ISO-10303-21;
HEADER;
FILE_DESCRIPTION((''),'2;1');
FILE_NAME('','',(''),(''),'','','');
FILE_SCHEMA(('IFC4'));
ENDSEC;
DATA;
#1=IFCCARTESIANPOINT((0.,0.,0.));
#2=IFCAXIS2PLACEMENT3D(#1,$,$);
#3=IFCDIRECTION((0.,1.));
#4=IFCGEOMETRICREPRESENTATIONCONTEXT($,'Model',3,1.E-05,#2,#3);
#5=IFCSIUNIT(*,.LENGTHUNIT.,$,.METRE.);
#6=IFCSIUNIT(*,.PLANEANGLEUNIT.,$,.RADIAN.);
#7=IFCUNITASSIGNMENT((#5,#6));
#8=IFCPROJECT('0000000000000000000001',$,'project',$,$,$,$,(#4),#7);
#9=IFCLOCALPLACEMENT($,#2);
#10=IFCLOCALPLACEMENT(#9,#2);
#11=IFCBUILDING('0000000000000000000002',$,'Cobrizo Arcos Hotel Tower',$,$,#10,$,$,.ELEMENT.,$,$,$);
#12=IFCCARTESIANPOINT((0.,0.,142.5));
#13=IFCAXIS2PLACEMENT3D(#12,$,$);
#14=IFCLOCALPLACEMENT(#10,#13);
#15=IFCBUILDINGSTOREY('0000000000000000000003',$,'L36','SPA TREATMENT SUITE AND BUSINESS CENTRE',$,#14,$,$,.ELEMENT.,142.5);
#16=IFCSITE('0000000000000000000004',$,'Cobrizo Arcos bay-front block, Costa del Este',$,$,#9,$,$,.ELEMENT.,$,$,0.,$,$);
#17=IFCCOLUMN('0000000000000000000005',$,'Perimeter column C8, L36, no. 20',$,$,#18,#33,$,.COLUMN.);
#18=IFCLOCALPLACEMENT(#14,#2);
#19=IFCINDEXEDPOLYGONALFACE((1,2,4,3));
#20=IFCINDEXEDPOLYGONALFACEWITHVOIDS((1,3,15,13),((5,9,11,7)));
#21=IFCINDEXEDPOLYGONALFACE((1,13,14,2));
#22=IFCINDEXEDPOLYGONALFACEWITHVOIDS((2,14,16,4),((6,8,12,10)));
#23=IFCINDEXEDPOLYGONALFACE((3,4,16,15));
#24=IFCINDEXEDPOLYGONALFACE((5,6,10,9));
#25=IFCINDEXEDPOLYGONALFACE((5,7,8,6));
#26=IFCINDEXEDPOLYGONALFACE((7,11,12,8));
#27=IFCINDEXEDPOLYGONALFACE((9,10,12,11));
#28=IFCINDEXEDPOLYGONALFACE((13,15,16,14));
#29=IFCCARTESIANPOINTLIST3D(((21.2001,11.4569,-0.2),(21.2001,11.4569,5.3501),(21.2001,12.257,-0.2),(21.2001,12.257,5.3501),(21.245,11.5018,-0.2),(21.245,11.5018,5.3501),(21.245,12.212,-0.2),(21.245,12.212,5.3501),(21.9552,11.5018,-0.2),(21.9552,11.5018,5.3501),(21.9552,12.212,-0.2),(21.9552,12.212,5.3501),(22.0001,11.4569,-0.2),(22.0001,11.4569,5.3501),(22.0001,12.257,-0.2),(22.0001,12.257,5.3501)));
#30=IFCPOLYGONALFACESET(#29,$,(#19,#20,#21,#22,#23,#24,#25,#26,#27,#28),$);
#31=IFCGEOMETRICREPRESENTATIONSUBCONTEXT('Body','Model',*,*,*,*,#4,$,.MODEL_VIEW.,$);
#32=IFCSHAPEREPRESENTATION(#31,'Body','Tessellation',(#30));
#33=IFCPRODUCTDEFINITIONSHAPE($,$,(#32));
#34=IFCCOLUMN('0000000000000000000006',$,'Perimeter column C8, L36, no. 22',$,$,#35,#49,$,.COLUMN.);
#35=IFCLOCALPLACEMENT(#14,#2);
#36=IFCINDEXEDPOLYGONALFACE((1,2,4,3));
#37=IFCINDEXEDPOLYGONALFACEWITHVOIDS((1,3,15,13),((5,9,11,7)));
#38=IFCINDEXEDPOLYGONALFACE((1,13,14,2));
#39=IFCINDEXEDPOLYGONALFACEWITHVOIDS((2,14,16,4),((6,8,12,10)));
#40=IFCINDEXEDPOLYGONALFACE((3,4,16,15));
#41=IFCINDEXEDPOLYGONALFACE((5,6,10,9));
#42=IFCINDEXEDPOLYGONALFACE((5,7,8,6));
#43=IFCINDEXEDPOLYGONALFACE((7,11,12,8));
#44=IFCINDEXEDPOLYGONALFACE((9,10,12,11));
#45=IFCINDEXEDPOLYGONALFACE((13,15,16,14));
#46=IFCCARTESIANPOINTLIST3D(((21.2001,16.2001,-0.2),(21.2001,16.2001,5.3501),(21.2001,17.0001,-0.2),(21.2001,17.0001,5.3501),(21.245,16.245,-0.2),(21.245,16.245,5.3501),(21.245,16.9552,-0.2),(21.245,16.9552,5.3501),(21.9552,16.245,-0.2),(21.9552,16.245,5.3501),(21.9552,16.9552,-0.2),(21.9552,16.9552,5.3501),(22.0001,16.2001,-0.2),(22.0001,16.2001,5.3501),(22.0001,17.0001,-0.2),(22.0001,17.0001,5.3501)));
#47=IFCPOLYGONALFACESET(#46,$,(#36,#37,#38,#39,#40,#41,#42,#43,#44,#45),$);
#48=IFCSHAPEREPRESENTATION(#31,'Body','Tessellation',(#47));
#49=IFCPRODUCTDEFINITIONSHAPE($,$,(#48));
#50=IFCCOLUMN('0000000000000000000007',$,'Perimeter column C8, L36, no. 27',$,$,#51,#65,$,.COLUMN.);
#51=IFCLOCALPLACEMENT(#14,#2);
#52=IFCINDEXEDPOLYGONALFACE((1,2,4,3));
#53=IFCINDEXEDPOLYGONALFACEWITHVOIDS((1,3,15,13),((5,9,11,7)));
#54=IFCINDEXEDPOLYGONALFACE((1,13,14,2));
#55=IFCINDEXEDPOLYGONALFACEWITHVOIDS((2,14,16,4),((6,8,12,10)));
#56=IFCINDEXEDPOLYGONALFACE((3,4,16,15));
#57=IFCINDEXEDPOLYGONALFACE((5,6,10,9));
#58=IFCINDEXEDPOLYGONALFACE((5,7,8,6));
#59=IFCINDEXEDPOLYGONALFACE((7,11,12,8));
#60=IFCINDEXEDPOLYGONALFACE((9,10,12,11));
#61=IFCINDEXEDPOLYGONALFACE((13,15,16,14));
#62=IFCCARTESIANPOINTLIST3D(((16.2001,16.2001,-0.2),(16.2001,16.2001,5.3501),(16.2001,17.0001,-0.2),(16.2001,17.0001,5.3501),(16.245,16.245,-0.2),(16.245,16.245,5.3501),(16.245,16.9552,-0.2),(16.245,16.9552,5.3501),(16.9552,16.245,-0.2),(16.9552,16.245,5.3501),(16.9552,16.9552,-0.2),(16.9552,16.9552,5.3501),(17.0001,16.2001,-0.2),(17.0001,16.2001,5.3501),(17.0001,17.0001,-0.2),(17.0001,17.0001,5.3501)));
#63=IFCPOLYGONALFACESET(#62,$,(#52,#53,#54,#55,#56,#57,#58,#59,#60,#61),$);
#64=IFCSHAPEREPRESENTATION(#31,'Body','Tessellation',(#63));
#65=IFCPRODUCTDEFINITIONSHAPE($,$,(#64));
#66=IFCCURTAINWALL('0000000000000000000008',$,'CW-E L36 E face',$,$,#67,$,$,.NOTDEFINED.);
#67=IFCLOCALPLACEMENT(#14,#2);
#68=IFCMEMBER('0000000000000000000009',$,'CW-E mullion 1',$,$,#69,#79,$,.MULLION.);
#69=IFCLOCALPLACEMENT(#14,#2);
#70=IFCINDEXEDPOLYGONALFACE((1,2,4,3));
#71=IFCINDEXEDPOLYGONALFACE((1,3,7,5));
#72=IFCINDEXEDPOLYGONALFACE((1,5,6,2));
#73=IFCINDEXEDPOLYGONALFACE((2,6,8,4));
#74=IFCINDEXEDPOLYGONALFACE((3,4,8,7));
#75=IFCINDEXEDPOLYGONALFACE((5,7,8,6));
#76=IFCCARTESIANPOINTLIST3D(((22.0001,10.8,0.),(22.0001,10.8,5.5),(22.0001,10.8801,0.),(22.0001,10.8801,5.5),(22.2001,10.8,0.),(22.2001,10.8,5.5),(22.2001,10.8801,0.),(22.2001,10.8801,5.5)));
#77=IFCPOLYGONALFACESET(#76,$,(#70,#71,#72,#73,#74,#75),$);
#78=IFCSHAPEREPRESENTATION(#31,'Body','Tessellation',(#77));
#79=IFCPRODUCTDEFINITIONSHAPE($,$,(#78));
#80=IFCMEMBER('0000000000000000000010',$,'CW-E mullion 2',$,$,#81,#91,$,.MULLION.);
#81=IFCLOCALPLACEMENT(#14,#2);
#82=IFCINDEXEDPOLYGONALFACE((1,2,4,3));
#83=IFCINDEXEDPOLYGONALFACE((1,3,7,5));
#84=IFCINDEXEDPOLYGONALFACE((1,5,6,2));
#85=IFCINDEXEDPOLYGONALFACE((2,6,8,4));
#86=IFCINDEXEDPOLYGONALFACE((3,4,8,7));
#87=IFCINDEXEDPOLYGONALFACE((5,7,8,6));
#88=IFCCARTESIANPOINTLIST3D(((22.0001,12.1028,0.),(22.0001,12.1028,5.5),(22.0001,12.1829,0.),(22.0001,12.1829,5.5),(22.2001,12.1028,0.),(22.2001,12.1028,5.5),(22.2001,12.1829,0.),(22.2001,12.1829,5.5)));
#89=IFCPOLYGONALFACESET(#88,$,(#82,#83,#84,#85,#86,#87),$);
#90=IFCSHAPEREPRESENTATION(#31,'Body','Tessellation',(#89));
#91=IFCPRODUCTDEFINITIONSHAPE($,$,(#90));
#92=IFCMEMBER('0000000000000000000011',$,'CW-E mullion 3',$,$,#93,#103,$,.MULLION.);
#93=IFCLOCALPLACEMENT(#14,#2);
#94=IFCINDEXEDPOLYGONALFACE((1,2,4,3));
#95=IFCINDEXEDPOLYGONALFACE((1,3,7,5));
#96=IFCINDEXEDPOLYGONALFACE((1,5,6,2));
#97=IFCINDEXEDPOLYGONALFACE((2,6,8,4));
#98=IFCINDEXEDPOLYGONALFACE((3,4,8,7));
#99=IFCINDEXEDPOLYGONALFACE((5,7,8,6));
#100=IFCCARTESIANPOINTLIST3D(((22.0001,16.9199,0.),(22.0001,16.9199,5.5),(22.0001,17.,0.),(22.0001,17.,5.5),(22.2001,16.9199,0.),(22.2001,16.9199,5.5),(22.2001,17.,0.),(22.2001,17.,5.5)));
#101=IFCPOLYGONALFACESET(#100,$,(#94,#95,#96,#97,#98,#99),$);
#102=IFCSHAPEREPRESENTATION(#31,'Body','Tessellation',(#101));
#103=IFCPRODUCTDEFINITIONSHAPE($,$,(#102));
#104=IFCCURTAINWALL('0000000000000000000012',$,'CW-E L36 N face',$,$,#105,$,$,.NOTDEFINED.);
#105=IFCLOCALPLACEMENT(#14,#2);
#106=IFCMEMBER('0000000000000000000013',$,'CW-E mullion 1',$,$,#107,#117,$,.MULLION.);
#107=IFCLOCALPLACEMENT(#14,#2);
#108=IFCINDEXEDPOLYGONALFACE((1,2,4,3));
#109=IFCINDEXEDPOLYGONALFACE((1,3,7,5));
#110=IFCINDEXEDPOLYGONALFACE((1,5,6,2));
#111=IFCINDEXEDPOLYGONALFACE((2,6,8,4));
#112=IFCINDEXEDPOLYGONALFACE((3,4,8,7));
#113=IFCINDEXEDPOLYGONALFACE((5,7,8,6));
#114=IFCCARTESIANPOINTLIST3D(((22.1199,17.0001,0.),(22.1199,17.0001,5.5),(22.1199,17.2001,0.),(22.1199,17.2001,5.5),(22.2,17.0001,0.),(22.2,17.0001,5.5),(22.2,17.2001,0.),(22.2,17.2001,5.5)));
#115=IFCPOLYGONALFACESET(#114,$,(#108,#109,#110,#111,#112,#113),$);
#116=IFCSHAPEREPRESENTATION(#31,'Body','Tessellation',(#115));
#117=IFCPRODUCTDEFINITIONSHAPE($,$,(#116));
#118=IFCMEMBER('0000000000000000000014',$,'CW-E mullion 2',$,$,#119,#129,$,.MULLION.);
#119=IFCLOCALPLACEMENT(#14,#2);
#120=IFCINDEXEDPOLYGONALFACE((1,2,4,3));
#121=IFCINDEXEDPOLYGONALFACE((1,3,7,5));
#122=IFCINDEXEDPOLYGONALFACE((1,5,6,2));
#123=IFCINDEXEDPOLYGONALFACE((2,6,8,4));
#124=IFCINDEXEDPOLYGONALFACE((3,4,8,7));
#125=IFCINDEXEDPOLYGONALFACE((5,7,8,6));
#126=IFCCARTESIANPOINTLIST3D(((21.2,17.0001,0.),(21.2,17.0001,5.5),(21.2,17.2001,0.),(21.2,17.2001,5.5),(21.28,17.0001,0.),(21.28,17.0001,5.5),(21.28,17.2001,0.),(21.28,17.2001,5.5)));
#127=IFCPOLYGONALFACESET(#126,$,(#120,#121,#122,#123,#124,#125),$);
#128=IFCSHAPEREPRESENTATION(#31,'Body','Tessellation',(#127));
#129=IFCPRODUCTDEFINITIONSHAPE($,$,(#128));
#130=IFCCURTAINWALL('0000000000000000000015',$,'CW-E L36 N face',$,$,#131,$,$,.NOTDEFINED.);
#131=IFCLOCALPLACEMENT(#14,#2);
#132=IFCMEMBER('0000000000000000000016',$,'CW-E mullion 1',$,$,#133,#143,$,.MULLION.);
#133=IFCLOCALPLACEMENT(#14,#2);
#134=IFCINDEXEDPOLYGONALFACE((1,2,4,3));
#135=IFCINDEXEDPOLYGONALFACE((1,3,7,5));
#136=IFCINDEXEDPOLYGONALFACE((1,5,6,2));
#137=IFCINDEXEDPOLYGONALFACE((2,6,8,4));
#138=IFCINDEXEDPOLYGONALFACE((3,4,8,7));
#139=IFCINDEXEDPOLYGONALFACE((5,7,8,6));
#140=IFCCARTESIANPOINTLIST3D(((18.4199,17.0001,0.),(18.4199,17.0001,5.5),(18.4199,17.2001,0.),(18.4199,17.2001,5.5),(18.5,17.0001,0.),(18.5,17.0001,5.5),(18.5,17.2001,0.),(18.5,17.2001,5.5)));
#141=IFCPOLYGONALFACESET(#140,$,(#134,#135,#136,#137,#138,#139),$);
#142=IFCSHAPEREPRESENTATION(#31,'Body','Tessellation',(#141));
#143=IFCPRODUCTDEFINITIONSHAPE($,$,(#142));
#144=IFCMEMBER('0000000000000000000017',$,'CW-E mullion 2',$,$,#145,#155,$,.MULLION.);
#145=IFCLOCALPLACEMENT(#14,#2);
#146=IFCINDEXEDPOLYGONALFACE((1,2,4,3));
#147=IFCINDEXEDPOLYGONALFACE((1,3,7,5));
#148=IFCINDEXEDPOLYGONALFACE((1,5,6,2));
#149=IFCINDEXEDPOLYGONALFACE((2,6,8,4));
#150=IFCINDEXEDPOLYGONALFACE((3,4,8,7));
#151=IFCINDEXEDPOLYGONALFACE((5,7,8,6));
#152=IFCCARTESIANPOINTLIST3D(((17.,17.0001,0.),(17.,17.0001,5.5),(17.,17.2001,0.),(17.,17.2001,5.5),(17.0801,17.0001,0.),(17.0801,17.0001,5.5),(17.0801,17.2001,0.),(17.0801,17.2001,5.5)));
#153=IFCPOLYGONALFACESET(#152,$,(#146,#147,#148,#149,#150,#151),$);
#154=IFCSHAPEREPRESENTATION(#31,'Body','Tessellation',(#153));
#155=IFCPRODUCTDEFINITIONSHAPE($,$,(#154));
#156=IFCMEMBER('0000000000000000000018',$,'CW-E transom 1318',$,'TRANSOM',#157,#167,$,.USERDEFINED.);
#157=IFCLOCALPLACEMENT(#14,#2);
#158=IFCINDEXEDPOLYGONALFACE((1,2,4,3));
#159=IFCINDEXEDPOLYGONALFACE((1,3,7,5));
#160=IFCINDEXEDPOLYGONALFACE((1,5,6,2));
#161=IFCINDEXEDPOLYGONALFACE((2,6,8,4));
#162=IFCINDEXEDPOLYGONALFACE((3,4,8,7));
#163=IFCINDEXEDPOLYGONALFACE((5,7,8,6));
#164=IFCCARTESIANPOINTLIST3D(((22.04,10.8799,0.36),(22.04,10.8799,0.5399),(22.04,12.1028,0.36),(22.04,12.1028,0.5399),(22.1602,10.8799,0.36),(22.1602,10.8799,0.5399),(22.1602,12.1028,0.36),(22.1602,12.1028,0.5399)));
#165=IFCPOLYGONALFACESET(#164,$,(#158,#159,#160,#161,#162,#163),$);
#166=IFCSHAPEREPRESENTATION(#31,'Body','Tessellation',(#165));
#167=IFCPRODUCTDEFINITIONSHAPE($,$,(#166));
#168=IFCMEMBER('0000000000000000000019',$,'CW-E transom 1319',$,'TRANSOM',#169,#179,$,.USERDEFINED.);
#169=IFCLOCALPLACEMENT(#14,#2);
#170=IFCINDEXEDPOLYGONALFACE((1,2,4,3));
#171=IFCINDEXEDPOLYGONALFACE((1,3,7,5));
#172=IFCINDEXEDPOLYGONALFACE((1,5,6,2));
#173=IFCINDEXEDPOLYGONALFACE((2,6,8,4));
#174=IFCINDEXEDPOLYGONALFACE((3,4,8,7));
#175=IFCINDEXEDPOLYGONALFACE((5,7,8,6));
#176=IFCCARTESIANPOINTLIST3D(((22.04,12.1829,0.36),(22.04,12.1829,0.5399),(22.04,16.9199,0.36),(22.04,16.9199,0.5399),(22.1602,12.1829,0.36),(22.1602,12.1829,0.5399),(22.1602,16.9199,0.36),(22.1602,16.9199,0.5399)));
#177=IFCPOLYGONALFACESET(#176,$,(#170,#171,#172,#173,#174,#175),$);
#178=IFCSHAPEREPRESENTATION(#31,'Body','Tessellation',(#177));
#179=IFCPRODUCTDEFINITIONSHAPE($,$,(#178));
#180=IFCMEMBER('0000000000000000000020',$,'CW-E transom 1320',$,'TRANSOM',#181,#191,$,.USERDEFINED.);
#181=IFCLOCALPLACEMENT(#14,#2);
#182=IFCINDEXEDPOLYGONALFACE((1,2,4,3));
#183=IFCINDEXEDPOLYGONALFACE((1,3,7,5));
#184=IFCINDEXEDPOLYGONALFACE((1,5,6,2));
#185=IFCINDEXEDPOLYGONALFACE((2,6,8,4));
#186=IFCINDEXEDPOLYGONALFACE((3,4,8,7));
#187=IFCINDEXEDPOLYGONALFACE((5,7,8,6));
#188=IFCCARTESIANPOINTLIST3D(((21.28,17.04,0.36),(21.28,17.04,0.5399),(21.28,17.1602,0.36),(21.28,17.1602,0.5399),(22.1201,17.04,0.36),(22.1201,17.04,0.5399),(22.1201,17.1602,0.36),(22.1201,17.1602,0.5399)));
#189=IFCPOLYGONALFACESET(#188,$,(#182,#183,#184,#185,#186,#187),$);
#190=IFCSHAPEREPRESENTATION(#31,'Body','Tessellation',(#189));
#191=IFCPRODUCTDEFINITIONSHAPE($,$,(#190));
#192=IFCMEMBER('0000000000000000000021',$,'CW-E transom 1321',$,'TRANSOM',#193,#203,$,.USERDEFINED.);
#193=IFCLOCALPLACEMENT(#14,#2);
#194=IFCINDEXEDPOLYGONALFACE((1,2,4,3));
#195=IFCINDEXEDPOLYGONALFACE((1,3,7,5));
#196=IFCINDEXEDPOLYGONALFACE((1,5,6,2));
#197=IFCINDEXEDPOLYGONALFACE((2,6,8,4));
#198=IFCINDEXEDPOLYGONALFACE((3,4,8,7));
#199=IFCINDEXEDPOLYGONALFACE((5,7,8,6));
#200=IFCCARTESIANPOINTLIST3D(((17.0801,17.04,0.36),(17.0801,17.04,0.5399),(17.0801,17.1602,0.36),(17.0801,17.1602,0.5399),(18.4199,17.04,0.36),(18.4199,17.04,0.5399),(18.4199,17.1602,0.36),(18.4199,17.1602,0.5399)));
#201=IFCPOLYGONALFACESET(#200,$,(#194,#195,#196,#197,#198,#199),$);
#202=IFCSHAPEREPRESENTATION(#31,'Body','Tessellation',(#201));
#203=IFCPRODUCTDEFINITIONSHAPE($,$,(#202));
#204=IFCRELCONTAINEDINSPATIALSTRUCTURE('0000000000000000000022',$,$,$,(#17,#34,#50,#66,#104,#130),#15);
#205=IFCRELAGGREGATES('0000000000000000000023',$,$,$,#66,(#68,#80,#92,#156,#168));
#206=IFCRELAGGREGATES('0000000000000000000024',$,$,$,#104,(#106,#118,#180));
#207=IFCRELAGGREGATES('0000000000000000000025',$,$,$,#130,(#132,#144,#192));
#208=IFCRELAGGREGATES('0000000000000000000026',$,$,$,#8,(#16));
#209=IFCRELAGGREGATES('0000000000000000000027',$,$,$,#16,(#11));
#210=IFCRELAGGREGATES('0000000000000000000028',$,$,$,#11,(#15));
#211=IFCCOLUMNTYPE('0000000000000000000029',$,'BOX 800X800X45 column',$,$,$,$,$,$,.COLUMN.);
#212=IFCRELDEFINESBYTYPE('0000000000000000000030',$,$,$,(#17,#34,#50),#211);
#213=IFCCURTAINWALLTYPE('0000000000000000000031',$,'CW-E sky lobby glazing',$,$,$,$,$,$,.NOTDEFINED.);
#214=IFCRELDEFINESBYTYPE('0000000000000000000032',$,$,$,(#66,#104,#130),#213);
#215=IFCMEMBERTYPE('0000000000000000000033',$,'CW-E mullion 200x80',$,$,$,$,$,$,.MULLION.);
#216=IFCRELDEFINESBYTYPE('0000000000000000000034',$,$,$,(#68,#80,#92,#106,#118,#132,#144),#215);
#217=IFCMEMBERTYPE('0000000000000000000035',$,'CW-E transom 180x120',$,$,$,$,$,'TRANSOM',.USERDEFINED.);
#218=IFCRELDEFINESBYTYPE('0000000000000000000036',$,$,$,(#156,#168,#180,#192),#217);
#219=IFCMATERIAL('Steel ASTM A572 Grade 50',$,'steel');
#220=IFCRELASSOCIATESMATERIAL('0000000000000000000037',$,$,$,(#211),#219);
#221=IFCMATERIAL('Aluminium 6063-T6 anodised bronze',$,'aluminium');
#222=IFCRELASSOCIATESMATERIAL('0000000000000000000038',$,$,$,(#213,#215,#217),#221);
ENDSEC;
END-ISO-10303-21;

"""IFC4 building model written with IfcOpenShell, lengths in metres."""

from ifc_helpers import new_model, si_unit, direction, frame, origin, origin_2d, place, context, subcontext, project, spatial, rectangle, hollow_rectangle, extrude, material, material_profile, profile_set, type_object, element, aggregate, save


model = new_model("IFC4")

# Units and contexts
model_context = context("Model", 3, precision=1e-05, world=origin(), true_north=direction((0.0, 1.0)))
body_context = subcontext(model_context, "Body", "Model", "MODEL_VIEW")
ifc_project = project(units=[si_unit("LENGTHUNIT", "METRE"), si_unit("PLANEANGLEUNIT", "RADIAN")], contexts=[model_context])

# Site, building, storey
site_placement = place(None, origin())
site = spatial("IfcSite", under=ifc_project, at=site_placement, Name="Cobrizo Arcos bay-front block, Costa del Este", CompositionType="ELEMENT", RefElevation=0.0)
building_placement = place(site_placement, origin())
building = spatial("IfcBuilding", under=site, at=building_placement, Name="Cobrizo Arcos Hotel Tower", CompositionType="ELEMENT")
storey_placement = place(building_placement, frame((0.0, 0.0, 142.5)))
storey = spatial("IfcBuildingStorey", under=building, at=storey_placement, Name="L36", Description="SPA TREATMENT SUITE AND BUSINESS CENTRE", CompositionType="ELEMENT", Elevation=142.5)

# Columns
ifc_material_1 = material(Name="Steel ASTM A572 Grade 50", Category="steel")
ifc_material_profile_1 = material_profile(ifc_material_1, hollow_rectangle(XDim=0.8, YDim=0.8, WallThickness=0.0449, at=origin_2d()), Name="BOX 800X800X45")
ifc_profile_set_1 = profile_set([ifc_material_profile_1], Name="Steel ASTM A572 Grade 50")
column_type = type_object("IfcColumnType", Name="BOX 800X800X45 column", PredefinedType="COLUMN", material=ifc_profile_set_1)
for number, where, z_axis, x_axis, name in (
    (1, (21.6001, 11.8569, -0.2), (0.0, 0.0, 1.0), (1.0, 0.0, 0.0), "Perimeter column C8, L36, no. 20"),
    (2, (21.6001, 16.6001, -0.2), (0.0, 0.0, 1.0), (1.0, 0.0, 0.0), "Perimeter column C8, L36, no. 22"),
    (3, (16.6001, 16.6001, -0.2), (0.0, 0.0, 1.0), (1.0, 0.0, 0.0), "Perimeter column C8, L36, no. 27"),
):
    element("IfcColumn", number, at=place(storey_placement, frame(where, z_axis=z_axis, x_axis=x_axis)), inside=storey, type_object=column_type, Name=name, PredefinedType="COLUMN", context=body_context, shape_type="SweptSolid", body=[
        extrude(hollow_rectangle(XDim=0.8, YDim=0.8, WallThickness=0.0449, at=origin_2d()), origin(), (0.0, 0.0, 1.0), 5.55),
    ])

# Curtain walls, members
ifc_material_2 = material(Name="Aluminium 6063-T6 anodised bronze", Category="aluminium")
curtain_wall_type = type_object("IfcCurtainWallType", Name="CW-E sky lobby glazing", PredefinedType="NOTDEFINED", material=ifc_material_2)
curtain_wall_1_placement = place(storey_placement, origin())
curtain_wall_1 = element("IfcCurtainWall", 4, at=curtain_wall_1_placement, inside=storey, type_object=curtain_wall_type, Name="CW-E L36 E face", PredefinedType="NOTDEFINED")
ifc_material_profile_2 = material_profile(ifc_material_2, rectangle(XDim=0.2, YDim=0.0801, at=origin_2d()), Name="CW-E mullion 200x80")
ifc_profile_set_2 = profile_set([ifc_material_profile_2], Name="Aluminium 6063-T6 anodised bronze")
member_type_1 = type_object("IfcMemberType", Name="CW-E mullion 200x80", PredefinedType="MULLION", material=ifc_profile_set_2)
member_1_placement = place(storey_placement, frame((22.1001, 10.8401, 0.0), z_axis=(0.0, 0.0, 1.0), x_axis=(1.0, 0.0, 0.0)))
member_1 = element("IfcMember", 5, at=member_1_placement, type_object=member_type_1, Name="CW-E mullion 1", PredefinedType="MULLION", context=body_context, shape_type="SweptSolid", body=[
    extrude(rectangle(XDim=0.2, YDim=0.0801, at=origin_2d()), origin(), (0.0, 0.0, 1.0), 5.5),
])
member_2_placement = place(storey_placement, frame((22.1001, 12.1428, 0.0), z_axis=(0.0, 0.0, 1.0), x_axis=(1.0, 0.0, 0.0)))
member_2 = element("IfcMember", 6, at=member_2_placement, type_object=member_type_1, Name="CW-E mullion 2", PredefinedType="MULLION", context=body_context, shape_type="SweptSolid", body=[
    extrude(rectangle(XDim=0.2, YDim=0.0801, at=origin_2d()), origin(), (0.0, 0.0, 1.0), 5.5),
])
member_3_placement = place(storey_placement, frame((22.1001, 16.96, 0.0), z_axis=(0.0, 0.0, 1.0), x_axis=(1.0, 0.0, 0.0)))
member_3 = element("IfcMember", 7, at=member_3_placement, type_object=member_type_1, Name="CW-E mullion 3", PredefinedType="MULLION", context=body_context, shape_type="SweptSolid", body=[
    extrude(rectangle(XDim=0.2, YDim=0.0801, at=origin_2d()), origin(), (0.0, 0.0, 1.0), 5.5),
])
curtain_wall_2_placement = place(storey_placement, origin())
curtain_wall_2 = element("IfcCurtainWall", 8, at=curtain_wall_2_placement, inside=storey, type_object=curtain_wall_type, Name="CW-E L36 N face", PredefinedType="NOTDEFINED")
member_4_placement = place(storey_placement, frame((22.1599, 17.1001, 0.0), z_axis=(0.0, 0.0, 1.0), x_axis=(0.0, 1.0, 0.0)))
member_4 = element("IfcMember", 9, at=member_4_placement, type_object=member_type_1, Name="CW-E mullion 1", PredefinedType="MULLION", context=body_context, shape_type="SweptSolid", body=[
    extrude(rectangle(XDim=0.2, YDim=0.0801, at=origin_2d()), origin(), (0.0, 0.0, 1.0), 5.5),
])
member_5_placement = place(storey_placement, frame((21.24, 17.1001, 0.0), z_axis=(0.0, 0.0, 1.0), x_axis=(0.0, 1.0, 0.0)))
member_5 = element("IfcMember", 10, at=member_5_placement, type_object=member_type_1, Name="CW-E mullion 2", PredefinedType="MULLION", context=body_context, shape_type="SweptSolid", body=[
    extrude(rectangle(XDim=0.2, YDim=0.0801, at=origin_2d()), origin(), (0.0, 0.0, 1.0), 5.5),
])
curtain_wall_3_placement = place(storey_placement, origin())
curtain_wall_3 = element("IfcCurtainWall", 11, at=curtain_wall_3_placement, inside=storey, type_object=curtain_wall_type, Name="CW-E L36 N face", PredefinedType="NOTDEFINED")
member_6_placement = place(storey_placement, frame((18.46, 17.1001, 0.0), z_axis=(0.0, 0.0, 1.0), x_axis=(0.0, 1.0, 0.0)))
member_6 = element("IfcMember", 12, at=member_6_placement, type_object=member_type_1, Name="CW-E mullion 1", PredefinedType="MULLION", context=body_context, shape_type="SweptSolid", body=[
    extrude(rectangle(XDim=0.2, YDim=0.0801, at=origin_2d()), origin(), (0.0, 0.0, 1.0), 5.5),
])
member_7_placement = place(storey_placement, frame((17.04, 17.1001, 0.0), z_axis=(0.0, 0.0, 1.0), x_axis=(0.0, 1.0, 0.0)))
member_7 = element("IfcMember", 13, at=member_7_placement, type_object=member_type_1, Name="CW-E mullion 2", PredefinedType="MULLION", context=body_context, shape_type="SweptSolid", body=[
    extrude(rectangle(XDim=0.2, YDim=0.0801, at=origin_2d()), origin(), (0.0, 0.0, 1.0), 5.5),
])

# Members
ifc_material_profile_3 = material_profile(ifc_material_2, rectangle(XDim=0.1201, YDim=0.1799, at=origin_2d()), Name="CW-E transom 180x120")
ifc_profile_set_3 = profile_set([ifc_material_profile_3], Name="Aluminium 6063-T6 anodised bronze")
member_type_2 = type_object("IfcMemberType", Name="CW-E transom 180x120", ElementType="TRANSOM", PredefinedType="USERDEFINED", material=ifc_profile_set_3)
member_8_placement = place(storey_placement, frame((22.1001, 10.8799, 0.45), z_axis=(0.0, 1.0, 0.0), x_axis=(-1.0, 0.0, 0.0)))
member_8 = element("IfcMember", 14, at=member_8_placement, type_object=member_type_2, Name="CW-E transom 1318", ObjectType="TRANSOM", PredefinedType="USERDEFINED", context=body_context, shape_type="SweptSolid", body=[
    extrude(rectangle(XDim=0.1201, YDim=0.1799, at=origin_2d()), origin(), (0.0, 0.0, 1.0), 1.2229),
])
member_9_placement = place(storey_placement, frame((22.1001, 12.1829, 0.45), z_axis=(0.0, 1.0, 0.0), x_axis=(-1.0, 0.0, 0.0)))
member_9 = element("IfcMember", 15, at=member_9_placement, type_object=member_type_2, Name="CW-E transom 1319", ObjectType="TRANSOM", PredefinedType="USERDEFINED", context=body_context, shape_type="SweptSolid", body=[
    extrude(rectangle(XDim=0.1201, YDim=0.1799, at=origin_2d()), origin(), (0.0, 0.0, 1.0), 4.7371),
])
member_10_placement = place(storey_placement, frame((22.1201, 17.1001, 0.45), z_axis=(-1.0, 0.0, 0.0), x_axis=(0.0, -1.0, 0.0)))
member_10 = element("IfcMember", 16, at=member_10_placement, type_object=member_type_2, Name="CW-E transom 1320", ObjectType="TRANSOM", PredefinedType="USERDEFINED", context=body_context, shape_type="SweptSolid", body=[
    extrude(rectangle(XDim=0.1201, YDim=0.1799, at=origin_2d()), origin(), (0.0, 0.0, 1.0), 0.8401),
])
member_11_placement = place(storey_placement, frame((18.4199, 17.1001, 0.45), z_axis=(-1.0, 0.0, 0.0), x_axis=(0.0, -1.0, 0.0)))
member_11 = element("IfcMember", 17, at=member_11_placement, type_object=member_type_2, Name="CW-E transom 1321", ObjectType="TRANSOM", PredefinedType="USERDEFINED", context=body_context, shape_type="SweptSolid", body=[
    extrude(rectangle(XDim=0.1201, YDim=0.1799, at=origin_2d()), origin(), (0.0, 0.0, 1.0), 1.3398),
])

aggregate(curtain_wall_1, [member_1, member_2, member_3, member_8, member_9])
aggregate(curtain_wall_2, [member_4, member_5, member_10])
aggregate(curtain_wall_3, [member_6, member_7, member_11])

save(model, "model.ifc")
